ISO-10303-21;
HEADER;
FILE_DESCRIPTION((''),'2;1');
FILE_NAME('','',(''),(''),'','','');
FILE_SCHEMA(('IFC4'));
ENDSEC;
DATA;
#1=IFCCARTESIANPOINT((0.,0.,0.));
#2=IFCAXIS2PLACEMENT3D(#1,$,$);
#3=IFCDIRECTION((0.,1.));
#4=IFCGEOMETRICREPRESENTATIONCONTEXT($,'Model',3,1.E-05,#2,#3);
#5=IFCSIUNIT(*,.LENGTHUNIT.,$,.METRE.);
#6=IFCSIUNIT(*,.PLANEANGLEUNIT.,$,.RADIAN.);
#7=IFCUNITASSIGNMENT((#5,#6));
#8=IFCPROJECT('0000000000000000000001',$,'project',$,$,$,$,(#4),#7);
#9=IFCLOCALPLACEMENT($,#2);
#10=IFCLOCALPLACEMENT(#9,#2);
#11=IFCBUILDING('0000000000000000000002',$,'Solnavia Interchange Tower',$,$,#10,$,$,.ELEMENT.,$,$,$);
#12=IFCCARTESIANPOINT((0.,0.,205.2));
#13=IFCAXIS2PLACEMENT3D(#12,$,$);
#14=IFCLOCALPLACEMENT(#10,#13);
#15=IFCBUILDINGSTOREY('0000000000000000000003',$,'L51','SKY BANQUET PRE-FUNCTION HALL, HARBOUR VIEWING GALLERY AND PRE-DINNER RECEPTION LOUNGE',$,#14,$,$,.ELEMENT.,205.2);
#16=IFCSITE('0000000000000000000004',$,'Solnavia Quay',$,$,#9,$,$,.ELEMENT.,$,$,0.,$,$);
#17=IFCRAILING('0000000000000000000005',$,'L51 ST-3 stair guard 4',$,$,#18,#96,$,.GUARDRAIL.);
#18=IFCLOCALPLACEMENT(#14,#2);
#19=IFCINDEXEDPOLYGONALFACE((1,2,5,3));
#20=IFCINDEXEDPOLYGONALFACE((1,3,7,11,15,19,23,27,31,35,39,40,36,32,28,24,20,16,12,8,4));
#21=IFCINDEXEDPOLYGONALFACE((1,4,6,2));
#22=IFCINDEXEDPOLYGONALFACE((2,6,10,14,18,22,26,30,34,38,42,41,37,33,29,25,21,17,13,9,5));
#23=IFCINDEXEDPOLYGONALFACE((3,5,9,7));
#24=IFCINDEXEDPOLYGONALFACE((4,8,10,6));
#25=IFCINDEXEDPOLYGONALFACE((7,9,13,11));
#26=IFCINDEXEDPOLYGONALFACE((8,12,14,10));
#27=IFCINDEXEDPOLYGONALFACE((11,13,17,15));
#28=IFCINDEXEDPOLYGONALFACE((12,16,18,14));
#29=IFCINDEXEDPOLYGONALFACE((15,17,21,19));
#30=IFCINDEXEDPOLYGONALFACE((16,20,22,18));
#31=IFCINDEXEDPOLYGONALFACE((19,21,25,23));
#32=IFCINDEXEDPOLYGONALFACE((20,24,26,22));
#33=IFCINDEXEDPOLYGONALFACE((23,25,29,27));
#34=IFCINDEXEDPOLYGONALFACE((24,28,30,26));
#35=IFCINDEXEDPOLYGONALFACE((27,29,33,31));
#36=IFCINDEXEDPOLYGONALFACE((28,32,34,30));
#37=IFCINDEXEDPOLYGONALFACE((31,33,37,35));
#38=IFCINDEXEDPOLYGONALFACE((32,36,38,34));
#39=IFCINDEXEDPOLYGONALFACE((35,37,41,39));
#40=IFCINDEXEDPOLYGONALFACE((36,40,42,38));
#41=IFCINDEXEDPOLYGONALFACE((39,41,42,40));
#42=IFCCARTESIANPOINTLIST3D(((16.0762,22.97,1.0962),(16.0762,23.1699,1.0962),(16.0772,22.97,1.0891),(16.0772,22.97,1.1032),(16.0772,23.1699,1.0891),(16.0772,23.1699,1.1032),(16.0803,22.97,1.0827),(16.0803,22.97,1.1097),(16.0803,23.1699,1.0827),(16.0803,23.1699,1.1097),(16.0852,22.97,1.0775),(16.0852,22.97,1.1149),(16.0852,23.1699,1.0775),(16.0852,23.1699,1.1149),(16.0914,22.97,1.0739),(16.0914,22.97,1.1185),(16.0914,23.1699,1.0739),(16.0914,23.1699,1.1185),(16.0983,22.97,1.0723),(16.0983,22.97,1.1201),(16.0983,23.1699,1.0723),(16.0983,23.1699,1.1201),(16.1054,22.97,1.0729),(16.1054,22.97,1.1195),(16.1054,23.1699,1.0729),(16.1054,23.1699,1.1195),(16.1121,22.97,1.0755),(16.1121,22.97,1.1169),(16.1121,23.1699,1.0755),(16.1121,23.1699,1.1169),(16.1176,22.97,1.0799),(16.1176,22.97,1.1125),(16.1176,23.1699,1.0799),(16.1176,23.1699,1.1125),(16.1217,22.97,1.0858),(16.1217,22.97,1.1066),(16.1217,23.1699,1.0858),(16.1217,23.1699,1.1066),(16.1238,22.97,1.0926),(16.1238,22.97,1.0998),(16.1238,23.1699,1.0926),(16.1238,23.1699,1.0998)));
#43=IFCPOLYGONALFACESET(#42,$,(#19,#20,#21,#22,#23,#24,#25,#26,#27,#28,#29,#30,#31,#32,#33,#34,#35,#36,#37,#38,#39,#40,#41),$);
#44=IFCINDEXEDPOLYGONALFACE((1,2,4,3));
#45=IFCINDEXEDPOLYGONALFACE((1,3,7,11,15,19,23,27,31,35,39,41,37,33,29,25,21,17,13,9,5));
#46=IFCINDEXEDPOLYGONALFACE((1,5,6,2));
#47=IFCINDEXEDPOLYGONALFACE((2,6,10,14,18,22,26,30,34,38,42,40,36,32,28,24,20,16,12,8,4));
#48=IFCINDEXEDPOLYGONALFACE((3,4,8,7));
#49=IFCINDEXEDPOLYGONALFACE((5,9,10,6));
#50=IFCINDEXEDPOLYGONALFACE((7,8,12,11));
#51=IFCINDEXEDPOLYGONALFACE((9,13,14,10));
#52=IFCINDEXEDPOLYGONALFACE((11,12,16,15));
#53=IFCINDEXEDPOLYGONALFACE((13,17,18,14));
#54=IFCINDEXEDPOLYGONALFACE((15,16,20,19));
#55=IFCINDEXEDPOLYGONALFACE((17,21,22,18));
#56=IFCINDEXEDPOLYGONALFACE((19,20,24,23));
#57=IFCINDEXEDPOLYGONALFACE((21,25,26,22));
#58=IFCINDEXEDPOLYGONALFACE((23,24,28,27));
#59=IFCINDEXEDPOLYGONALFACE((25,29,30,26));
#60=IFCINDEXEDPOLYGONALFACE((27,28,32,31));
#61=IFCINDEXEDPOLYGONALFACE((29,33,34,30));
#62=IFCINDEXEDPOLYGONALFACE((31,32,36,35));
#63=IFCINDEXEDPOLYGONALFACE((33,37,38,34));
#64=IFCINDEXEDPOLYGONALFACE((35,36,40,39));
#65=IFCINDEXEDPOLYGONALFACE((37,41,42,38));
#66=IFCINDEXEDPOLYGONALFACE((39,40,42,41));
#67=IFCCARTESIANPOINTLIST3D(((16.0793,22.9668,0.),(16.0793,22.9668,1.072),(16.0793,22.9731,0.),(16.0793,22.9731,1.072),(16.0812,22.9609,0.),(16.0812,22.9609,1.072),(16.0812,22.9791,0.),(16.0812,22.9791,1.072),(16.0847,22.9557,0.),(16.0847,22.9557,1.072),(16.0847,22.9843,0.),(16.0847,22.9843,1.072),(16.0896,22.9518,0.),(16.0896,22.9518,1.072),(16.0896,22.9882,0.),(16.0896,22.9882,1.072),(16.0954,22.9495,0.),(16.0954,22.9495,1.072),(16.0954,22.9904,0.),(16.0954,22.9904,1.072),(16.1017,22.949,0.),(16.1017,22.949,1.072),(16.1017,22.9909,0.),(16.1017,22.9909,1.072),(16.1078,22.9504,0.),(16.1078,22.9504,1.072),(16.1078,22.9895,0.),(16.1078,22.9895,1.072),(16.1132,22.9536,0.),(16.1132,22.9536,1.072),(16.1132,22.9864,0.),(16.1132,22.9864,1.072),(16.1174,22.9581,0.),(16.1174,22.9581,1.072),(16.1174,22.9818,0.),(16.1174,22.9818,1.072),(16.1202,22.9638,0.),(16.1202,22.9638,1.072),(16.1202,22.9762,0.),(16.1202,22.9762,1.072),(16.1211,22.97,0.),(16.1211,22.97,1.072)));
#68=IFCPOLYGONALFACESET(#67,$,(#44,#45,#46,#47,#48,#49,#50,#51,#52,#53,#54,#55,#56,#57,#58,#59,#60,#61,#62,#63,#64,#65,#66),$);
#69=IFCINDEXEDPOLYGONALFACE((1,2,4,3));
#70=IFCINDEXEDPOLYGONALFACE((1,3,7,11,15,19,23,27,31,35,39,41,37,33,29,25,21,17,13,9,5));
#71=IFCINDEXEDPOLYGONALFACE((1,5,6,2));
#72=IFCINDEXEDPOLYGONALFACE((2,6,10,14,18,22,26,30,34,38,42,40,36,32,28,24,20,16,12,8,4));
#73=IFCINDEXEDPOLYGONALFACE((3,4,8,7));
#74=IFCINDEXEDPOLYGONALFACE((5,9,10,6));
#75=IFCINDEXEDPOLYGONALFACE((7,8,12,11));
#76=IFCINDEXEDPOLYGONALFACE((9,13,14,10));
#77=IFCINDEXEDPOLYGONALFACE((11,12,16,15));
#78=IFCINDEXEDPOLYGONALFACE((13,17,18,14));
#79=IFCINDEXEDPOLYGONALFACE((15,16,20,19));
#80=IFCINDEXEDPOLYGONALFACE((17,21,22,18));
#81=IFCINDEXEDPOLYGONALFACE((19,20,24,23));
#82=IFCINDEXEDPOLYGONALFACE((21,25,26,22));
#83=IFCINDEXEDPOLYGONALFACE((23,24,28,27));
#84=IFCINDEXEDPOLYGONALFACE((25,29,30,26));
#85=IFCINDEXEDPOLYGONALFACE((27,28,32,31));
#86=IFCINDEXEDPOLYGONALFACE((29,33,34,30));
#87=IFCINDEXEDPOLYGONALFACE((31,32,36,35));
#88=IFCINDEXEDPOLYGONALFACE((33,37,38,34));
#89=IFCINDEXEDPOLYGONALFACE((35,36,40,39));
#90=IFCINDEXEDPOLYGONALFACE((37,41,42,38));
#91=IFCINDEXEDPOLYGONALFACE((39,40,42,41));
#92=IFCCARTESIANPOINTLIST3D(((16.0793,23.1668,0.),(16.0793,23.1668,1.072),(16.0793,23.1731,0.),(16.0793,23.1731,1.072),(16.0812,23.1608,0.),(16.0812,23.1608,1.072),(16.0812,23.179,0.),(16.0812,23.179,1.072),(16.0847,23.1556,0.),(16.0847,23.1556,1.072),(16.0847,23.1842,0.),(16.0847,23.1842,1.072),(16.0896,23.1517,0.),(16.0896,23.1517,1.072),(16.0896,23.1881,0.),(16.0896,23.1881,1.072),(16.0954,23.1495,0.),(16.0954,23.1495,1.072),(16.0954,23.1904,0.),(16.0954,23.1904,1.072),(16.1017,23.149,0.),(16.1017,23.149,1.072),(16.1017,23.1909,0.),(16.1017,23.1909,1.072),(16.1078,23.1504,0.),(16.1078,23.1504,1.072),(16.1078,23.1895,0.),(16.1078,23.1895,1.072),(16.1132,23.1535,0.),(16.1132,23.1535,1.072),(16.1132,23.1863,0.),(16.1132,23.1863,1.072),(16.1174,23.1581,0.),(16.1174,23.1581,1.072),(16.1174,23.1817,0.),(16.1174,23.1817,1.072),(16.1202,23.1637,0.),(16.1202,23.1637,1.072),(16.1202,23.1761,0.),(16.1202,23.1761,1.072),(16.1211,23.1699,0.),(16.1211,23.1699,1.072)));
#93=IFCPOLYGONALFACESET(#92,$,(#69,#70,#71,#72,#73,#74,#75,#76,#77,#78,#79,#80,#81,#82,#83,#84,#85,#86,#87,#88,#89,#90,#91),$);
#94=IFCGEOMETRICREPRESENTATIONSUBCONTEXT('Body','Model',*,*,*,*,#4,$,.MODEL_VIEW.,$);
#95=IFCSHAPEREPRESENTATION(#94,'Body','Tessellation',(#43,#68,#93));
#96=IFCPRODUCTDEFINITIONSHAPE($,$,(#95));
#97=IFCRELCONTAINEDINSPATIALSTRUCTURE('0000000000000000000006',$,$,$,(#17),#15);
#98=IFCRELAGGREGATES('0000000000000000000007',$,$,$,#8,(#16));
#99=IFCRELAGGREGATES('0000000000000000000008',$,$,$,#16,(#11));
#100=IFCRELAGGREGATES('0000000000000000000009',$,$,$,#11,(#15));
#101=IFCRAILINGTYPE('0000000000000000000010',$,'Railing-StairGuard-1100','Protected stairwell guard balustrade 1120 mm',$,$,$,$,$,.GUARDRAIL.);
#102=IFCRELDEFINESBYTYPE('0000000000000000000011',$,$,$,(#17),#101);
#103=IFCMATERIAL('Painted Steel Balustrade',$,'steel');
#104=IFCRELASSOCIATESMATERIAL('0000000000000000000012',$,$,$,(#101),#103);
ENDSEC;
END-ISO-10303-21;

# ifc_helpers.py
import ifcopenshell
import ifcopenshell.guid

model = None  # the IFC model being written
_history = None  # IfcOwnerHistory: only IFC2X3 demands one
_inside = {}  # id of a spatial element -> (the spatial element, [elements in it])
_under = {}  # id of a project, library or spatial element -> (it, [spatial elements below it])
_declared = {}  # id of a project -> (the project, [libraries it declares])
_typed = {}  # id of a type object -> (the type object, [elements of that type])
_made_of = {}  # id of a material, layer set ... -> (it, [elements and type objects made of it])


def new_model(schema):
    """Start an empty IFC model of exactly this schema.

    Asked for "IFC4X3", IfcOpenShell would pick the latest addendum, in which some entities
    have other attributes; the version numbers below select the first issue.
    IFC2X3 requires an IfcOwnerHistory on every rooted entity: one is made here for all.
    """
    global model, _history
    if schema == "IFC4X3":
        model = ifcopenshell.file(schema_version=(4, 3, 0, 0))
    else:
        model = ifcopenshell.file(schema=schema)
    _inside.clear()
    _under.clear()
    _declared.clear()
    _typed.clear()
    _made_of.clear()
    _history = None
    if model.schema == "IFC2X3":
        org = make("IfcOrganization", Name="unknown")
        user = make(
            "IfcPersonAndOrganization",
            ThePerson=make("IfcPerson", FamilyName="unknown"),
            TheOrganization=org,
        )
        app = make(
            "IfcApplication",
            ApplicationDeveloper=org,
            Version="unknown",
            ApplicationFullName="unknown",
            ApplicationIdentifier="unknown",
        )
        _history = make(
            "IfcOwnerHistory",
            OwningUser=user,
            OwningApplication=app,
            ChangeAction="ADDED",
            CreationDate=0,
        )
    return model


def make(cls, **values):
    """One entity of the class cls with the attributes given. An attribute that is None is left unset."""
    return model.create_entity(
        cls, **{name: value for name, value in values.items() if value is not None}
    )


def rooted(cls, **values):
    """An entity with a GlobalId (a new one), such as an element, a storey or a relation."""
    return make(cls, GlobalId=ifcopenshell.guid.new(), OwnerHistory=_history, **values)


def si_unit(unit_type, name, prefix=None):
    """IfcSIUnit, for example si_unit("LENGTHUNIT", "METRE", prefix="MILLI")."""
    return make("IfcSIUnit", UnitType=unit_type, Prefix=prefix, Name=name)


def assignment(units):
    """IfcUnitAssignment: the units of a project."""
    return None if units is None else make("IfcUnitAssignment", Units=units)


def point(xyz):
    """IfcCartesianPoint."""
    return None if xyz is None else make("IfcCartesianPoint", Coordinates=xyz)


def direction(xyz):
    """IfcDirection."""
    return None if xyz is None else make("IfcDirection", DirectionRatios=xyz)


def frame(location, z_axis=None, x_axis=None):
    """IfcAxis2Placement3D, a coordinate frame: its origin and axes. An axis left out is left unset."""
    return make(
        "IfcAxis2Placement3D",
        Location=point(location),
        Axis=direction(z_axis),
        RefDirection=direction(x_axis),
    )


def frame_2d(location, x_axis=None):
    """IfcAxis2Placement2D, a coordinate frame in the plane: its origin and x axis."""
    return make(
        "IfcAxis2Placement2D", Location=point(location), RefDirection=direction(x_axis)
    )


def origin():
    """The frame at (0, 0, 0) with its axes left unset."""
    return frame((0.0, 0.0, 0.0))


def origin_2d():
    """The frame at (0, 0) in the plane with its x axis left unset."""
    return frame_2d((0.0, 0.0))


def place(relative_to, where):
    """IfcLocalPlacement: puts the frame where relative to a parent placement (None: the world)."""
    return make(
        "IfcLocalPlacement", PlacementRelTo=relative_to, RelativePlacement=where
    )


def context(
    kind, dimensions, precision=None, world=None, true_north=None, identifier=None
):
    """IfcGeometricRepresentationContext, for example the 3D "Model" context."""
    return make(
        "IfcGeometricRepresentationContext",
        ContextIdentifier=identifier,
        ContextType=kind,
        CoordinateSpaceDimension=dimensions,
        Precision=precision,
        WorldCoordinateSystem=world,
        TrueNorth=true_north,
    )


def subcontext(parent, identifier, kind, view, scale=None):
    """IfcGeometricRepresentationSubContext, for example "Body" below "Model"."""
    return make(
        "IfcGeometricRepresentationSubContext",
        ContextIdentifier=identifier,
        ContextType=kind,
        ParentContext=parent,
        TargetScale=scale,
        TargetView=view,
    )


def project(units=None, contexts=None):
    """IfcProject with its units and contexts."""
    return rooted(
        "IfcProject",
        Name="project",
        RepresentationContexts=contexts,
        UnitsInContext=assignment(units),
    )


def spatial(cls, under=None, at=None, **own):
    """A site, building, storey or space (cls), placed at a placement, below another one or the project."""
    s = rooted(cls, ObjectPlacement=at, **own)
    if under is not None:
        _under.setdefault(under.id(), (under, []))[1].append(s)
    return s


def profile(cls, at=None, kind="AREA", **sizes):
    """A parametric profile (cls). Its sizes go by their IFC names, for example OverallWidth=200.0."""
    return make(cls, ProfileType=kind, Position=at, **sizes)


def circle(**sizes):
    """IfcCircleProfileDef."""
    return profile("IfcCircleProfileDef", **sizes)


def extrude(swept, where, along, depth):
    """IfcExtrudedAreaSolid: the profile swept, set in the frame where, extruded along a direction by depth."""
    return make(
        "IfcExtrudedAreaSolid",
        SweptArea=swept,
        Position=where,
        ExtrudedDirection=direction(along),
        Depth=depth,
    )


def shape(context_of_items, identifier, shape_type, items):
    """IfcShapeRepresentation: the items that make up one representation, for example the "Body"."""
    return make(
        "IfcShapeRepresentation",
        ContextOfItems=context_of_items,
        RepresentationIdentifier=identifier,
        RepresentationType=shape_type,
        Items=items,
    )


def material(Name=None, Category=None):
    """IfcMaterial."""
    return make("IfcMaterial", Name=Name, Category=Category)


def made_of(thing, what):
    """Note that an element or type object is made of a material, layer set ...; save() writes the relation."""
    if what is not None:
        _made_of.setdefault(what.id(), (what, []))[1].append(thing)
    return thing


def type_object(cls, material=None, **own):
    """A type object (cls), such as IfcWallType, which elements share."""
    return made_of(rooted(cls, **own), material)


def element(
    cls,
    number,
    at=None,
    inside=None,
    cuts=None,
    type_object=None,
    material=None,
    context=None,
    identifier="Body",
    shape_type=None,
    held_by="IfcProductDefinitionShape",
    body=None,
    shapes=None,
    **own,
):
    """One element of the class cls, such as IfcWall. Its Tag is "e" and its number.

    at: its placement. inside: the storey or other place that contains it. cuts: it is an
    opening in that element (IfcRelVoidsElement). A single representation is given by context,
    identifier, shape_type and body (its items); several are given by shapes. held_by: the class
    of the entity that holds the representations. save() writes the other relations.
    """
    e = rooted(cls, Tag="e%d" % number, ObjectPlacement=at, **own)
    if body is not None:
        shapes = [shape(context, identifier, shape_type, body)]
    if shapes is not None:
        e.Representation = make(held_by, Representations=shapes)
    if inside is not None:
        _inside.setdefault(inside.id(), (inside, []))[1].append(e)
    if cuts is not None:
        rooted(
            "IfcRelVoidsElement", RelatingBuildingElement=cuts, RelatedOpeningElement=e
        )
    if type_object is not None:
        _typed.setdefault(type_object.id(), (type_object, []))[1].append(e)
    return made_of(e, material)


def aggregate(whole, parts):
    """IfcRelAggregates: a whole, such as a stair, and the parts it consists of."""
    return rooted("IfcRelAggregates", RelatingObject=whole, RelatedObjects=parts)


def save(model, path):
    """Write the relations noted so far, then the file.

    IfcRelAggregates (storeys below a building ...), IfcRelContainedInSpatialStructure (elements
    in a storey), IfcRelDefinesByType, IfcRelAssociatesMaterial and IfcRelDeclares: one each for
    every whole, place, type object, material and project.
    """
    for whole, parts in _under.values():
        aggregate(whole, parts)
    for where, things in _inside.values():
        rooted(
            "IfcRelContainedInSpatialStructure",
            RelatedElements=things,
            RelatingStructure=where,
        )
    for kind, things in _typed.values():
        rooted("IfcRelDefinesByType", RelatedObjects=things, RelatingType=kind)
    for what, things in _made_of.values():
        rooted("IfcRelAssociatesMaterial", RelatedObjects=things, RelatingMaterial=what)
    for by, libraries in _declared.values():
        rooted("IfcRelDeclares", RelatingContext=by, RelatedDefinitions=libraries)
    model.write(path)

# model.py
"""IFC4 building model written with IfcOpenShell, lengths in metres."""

from ifc_helpers import new_model, si_unit, direction, frame, origin, origin_2d, place, context, subcontext, project, spatial, circle, extrude, material, type_object, element, save


model = new_model("IFC4")

# Units and contexts
model_context = context("Model", 3, precision=1e-05, world=origin(), true_north=direction((0.0, 1.0)))
body_context = subcontext(model_context, "Body", "Model", "MODEL_VIEW")
ifc_project = project(units=[si_unit("LENGTHUNIT", "METRE"), si_unit("PLANEANGLEUNIT", "RADIAN")], contexts=[model_context])

# Site, building, storey
site_placement = place(None, origin())
site = spatial("IfcSite", under=ifc_project, at=site_placement, Name="Solnavia Quay", CompositionType="ELEMENT", RefElevation=0.0)
building_placement = place(site_placement, origin())
building = spatial("IfcBuilding", under=site, at=building_placement, Name="Solnavia Interchange Tower", CompositionType="ELEMENT")
storey_placement = place(building_placement, frame((0.0, 0.0, 205.2)))
storey = spatial("IfcBuildingStorey", under=building, at=storey_placement, Name="L51", Description="SKY BANQUET PRE-FUNCTION HALL, HARBOUR VIEWING GALLERY AND PRE-DINNER RECEPTION LOUNGE", CompositionType="ELEMENT", Elevation=205.2)

# Railing
ifc_material_1 = material(Name="Painted Steel Balustrade", Category="steel")
railing_type_1 = type_object("IfcRailingType", Name="Railing-StairGuard-1100", Description="Protected stairwell guard balustrade 1120 mm", PredefinedType="GUARDRAIL", material=ifc_material_1)
railing_1_placement = place(storey_placement, frame((16.1001, 22.97, 0.0)))
element("IfcRailing", 1, at=railing_1_placement, inside=storey, type_object=railing_type_1, Name="L51 ST-3 stair guard 4", PredefinedType="GUARDRAIL", context=body_context, shape_type="SweptSolid", body=[
    extrude(circle(Radius=0.0239, at=origin_2d()), frame((0.0, 0.0, 1.0962), z_axis=(0.0, 1.0, 0.0), x_axis=(-1.0, 0.0, 0.0)), (0.0, 0.0, 1.0), 0.2),
    extrude(circle(Radius=0.021, at=origin_2d()), origin(), (0.0, 0.0, 1.0), 1.072),
    extrude(circle(Radius=0.021, at=origin_2d()), frame((0.0, 0.2, 0.0)), (0.0, 0.0, 1.0), 1.072),
])

save(model, "model.ifc")
